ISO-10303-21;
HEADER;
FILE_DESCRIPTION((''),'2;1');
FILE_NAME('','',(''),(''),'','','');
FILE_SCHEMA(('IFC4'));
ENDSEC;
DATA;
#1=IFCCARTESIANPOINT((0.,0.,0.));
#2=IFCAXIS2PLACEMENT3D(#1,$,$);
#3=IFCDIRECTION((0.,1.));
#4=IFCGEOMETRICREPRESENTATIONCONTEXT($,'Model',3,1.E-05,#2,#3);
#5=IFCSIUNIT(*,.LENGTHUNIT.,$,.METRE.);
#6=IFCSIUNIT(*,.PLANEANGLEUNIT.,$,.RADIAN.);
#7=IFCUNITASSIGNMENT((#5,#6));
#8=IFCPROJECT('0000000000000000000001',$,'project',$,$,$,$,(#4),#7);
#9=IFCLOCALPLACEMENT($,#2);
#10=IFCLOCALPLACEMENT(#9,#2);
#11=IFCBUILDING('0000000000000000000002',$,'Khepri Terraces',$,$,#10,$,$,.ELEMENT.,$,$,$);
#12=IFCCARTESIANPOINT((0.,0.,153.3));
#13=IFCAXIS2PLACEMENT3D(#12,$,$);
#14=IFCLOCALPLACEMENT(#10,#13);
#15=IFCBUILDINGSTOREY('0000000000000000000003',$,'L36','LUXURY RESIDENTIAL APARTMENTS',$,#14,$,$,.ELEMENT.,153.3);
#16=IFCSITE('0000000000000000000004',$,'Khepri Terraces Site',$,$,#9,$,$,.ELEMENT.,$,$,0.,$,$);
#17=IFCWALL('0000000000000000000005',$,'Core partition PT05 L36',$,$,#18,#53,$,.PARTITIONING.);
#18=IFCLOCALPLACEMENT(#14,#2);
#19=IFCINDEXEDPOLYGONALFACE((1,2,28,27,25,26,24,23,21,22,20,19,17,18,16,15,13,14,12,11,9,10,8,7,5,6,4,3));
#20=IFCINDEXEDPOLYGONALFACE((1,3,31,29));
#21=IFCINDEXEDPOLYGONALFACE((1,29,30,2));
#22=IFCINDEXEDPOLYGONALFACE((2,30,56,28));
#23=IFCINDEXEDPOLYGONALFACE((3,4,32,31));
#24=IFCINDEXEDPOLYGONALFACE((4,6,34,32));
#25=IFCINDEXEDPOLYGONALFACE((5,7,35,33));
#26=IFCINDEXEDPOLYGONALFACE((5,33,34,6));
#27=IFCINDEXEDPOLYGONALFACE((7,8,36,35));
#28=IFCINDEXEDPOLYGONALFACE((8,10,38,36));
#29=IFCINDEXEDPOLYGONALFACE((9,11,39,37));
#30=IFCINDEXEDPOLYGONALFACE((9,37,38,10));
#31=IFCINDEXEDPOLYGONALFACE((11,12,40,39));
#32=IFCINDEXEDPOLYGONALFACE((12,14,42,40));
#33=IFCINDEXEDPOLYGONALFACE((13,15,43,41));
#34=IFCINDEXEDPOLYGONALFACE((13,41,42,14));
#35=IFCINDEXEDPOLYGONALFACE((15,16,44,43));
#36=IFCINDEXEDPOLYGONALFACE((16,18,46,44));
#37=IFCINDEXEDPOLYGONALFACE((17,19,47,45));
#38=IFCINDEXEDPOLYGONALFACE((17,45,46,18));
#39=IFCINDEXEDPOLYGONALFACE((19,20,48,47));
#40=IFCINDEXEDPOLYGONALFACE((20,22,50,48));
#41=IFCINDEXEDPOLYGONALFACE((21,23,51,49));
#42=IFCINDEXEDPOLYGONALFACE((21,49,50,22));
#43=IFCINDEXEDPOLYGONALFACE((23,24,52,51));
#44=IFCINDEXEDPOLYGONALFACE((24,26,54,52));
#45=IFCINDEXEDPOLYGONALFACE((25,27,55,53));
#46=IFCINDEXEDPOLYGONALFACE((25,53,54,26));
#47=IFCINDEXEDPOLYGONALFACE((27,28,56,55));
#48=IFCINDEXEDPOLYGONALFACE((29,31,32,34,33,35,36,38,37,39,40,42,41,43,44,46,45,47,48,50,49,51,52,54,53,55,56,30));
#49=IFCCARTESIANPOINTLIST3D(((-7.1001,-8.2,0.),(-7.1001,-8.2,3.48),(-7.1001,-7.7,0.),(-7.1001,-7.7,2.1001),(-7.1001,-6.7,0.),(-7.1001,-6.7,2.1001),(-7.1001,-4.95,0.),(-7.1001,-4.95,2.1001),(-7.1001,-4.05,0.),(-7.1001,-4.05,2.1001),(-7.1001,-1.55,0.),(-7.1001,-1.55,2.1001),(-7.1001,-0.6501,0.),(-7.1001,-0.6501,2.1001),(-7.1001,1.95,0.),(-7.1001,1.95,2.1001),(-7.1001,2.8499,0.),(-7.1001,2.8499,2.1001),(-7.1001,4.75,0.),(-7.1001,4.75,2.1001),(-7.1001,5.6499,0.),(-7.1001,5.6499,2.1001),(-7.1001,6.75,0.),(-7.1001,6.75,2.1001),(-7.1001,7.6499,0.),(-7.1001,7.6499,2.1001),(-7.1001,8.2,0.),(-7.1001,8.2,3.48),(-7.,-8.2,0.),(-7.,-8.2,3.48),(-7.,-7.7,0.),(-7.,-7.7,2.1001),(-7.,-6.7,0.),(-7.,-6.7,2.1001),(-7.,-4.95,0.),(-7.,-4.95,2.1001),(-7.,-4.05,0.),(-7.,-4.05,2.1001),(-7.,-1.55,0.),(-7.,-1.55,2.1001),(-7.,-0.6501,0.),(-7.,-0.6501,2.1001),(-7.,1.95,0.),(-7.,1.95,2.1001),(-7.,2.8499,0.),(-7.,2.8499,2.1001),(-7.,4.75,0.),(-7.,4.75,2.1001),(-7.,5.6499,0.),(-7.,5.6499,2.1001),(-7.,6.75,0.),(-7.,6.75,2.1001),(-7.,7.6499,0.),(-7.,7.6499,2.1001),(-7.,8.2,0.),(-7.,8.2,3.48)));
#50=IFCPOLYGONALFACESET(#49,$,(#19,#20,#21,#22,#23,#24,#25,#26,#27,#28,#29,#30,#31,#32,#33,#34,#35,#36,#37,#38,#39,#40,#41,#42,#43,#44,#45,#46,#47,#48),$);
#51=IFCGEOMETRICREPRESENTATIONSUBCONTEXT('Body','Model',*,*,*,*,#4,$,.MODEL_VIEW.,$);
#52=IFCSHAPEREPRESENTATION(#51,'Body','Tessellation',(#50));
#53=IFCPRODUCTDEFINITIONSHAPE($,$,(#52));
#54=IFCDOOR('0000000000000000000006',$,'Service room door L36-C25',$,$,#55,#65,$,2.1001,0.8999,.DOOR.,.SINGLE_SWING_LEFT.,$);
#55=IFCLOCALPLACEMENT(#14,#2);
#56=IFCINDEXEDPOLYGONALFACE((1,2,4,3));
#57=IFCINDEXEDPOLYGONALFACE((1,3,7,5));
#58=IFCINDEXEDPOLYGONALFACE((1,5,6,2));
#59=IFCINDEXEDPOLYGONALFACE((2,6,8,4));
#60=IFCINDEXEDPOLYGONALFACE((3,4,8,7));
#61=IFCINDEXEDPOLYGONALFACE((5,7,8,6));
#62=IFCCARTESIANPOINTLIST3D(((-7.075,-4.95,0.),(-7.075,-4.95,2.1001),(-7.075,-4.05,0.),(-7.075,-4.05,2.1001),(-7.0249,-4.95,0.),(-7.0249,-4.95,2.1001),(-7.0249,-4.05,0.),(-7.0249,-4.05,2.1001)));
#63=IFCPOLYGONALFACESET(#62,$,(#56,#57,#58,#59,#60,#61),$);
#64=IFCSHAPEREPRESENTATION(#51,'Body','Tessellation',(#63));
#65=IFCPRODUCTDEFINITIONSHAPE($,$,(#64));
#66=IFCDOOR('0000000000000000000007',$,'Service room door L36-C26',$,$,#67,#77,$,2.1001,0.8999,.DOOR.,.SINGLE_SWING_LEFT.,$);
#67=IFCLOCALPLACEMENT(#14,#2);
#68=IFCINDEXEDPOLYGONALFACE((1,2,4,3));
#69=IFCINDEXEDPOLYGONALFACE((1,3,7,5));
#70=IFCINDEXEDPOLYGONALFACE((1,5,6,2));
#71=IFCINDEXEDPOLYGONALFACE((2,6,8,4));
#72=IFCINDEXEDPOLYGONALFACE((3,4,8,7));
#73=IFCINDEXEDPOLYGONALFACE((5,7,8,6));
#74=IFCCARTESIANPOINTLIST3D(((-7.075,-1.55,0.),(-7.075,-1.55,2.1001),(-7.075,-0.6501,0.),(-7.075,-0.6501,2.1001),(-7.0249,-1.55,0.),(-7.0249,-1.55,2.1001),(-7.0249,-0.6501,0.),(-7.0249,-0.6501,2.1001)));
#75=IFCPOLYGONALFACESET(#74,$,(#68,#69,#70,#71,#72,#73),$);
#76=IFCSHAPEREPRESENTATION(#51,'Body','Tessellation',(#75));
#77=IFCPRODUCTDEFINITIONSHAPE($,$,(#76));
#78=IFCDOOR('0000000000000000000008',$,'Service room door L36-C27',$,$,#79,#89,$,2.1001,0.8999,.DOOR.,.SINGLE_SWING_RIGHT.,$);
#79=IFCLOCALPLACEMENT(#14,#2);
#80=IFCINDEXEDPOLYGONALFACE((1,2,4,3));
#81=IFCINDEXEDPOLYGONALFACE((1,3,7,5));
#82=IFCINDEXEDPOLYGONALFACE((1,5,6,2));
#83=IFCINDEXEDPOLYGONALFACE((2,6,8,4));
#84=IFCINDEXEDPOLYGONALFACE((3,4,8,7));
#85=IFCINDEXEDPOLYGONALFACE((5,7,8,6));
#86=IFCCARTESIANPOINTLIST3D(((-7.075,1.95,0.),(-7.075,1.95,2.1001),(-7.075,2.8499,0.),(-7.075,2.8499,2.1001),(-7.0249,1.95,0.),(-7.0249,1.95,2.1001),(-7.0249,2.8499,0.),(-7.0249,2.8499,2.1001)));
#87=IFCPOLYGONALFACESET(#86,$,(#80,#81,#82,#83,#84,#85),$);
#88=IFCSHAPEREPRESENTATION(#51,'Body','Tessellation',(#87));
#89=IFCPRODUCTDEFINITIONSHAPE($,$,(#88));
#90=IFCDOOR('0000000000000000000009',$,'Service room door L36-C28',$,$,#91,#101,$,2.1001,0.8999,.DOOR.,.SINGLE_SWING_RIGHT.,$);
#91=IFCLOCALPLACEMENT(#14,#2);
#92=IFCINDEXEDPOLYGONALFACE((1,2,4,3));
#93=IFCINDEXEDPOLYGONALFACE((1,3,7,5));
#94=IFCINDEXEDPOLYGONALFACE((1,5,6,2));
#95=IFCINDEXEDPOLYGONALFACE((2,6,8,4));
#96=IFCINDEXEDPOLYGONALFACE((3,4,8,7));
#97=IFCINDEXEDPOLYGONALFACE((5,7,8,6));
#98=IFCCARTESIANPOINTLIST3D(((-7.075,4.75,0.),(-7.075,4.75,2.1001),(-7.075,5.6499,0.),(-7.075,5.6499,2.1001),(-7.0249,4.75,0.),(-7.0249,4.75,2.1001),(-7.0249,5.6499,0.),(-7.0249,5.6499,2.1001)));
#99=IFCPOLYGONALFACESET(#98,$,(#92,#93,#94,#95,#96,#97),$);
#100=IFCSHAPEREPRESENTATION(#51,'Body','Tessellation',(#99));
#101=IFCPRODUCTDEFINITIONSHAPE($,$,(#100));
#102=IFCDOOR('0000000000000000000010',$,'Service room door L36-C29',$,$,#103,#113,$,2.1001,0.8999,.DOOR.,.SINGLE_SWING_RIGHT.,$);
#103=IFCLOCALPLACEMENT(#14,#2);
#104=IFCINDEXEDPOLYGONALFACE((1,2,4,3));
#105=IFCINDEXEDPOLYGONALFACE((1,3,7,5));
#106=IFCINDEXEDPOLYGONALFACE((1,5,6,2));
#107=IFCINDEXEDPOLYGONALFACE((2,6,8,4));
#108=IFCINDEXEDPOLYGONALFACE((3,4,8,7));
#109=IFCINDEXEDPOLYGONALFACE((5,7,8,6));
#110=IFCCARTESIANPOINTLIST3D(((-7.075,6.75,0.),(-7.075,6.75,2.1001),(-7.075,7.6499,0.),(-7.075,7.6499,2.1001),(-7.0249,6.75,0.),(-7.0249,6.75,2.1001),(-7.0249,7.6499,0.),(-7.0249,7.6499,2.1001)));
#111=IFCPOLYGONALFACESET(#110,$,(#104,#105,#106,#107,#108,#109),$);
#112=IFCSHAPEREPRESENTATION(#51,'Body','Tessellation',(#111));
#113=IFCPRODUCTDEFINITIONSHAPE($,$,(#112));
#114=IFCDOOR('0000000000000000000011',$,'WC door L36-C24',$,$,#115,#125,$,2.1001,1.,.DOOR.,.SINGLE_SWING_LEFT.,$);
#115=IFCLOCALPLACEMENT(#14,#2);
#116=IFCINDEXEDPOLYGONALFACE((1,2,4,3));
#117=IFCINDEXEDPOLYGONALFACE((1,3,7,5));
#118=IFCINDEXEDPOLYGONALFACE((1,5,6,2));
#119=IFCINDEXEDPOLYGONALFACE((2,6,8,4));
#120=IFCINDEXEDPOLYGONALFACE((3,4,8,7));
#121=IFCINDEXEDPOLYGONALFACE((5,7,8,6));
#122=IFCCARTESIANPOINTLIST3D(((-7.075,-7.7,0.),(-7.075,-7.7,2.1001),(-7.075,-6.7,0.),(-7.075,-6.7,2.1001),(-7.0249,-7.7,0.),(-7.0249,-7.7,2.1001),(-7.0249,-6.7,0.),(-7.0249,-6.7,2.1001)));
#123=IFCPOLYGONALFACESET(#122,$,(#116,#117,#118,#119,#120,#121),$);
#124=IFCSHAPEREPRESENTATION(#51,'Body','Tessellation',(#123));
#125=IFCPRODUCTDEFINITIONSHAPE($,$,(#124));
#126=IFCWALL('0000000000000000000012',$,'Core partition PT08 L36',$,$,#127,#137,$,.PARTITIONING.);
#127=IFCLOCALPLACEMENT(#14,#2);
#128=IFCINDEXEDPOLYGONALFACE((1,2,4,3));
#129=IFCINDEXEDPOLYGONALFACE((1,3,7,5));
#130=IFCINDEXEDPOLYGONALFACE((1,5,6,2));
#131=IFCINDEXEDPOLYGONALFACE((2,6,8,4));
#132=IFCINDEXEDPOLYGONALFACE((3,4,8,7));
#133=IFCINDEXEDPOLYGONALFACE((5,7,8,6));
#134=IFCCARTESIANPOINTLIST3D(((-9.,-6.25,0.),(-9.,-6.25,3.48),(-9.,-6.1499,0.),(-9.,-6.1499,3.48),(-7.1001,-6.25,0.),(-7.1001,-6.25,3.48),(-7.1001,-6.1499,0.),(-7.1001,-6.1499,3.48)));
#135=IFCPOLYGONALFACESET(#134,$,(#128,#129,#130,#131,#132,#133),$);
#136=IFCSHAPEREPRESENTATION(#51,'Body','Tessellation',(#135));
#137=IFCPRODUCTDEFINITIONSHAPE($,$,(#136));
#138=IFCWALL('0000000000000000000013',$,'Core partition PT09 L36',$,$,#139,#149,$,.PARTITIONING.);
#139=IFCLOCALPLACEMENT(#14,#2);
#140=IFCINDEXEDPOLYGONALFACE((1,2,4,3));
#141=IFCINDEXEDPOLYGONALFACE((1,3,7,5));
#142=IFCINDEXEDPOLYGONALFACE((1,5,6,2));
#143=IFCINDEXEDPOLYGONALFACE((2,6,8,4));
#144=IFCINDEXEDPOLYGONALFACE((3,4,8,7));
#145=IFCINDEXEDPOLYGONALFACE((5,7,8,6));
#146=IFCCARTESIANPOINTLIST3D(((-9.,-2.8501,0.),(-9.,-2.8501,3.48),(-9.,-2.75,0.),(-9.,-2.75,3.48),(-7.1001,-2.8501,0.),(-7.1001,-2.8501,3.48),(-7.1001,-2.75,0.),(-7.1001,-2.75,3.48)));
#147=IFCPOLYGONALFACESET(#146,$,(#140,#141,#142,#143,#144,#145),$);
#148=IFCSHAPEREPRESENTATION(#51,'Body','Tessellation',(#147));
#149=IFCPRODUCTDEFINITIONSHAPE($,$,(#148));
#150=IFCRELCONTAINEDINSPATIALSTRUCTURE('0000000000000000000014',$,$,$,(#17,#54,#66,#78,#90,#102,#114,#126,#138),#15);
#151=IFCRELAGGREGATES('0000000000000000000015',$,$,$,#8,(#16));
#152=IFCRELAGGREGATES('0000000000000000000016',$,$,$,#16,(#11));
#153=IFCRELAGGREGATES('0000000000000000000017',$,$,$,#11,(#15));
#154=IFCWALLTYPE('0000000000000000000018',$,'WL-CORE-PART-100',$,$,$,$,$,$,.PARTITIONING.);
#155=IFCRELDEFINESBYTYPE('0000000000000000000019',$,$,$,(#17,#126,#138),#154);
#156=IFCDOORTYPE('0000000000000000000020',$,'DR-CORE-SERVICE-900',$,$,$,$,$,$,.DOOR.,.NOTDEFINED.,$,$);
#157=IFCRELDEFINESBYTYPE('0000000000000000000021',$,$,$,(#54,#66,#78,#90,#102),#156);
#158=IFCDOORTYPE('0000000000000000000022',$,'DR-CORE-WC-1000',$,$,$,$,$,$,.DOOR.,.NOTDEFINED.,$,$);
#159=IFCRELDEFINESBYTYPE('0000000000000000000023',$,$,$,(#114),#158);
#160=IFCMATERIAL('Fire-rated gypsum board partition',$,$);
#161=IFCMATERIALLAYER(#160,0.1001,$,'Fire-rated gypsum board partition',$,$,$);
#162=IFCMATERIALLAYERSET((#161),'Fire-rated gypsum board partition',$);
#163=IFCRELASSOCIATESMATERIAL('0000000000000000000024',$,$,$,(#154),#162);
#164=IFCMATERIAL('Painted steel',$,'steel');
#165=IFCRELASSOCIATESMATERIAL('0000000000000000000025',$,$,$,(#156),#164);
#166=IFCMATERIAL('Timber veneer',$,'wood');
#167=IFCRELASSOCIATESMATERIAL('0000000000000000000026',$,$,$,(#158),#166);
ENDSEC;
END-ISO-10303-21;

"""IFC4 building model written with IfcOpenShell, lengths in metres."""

from ifc_helpers import new_model, si_unit, direction, frame, frame_2d, origin, place, context, subcontext, project, spatial, rectangle, extrude, material, layer, layer_set, type_object, element, fill, save


model = new_model("IFC4")

# Units and contexts
model_context = context("Model", 3, precision=1e-05, world=origin(), true_north=direction((0.0, 1.0)))
body_context = subcontext(model_context, "Body", "Model", "MODEL_VIEW")
ifc_project = project(units=[si_unit("LENGTHUNIT", "METRE"), si_unit("PLANEANGLEUNIT", "RADIAN")], contexts=[model_context])

# Site, building, storey
site_placement = place(None, origin())
site = spatial("IfcSite", under=ifc_project, at=site_placement, Name="Khepri Terraces Site", CompositionType="ELEMENT", RefElevation=0.0)
building_placement = place(site_placement, origin())
building = spatial("IfcBuilding", under=site, at=building_placement, Name="Khepri Terraces", CompositionType="ELEMENT")
storey_placement = place(building_placement, frame((0.0, 0.0, 153.3)))
storey = spatial("IfcBuildingStorey", under=building, at=storey_placement, Name="L36", Description="LUXURY RESIDENTIAL APARTMENTS", CompositionType="ELEMENT", Elevation=153.3)

# Shared definitions
ifc_material_1 = material(Name="Painted steel", Category="steel")

# Wall, openings, doors
ifc_material_2 = material(Name="Fire-rated gypsum board partition")
ifc_layer_1 = layer(ifc_material_2, 0.1001, Name="Fire-rated gypsum board partition")
ifc_layer_set_1 = layer_set([ifc_layer_1], Name="Fire-rated gypsum board partition")
wall_type_1 = type_object("IfcWallType", Name="WL-CORE-PART-100", PredefinedType="PARTITIONING", material=ifc_layer_set_1)
wall_1_placement = place(storey_placement, frame((-7.05, -8.2, 0.0), z_axis=(0.0, 0.0, 1.0), x_axis=(0.0, 1.0, 0.0)))
wall_1 = element("IfcWall", 1, at=wall_1_placement, inside=storey, type_object=wall_type_1, Name="Core partition PT05 L36", PredefinedType="PARTITIONING", context=body_context, shape_type="SweptSolid", body=[
    extrude(rectangle(XDim=16.3999, YDim=0.1001, at=frame_2d((8.2, 0.0))), origin(), (0.0, 0.0, 1.0), 3.48),
])
opening_1_placement = place(wall_1_placement, frame((0.5, 0.0, 0.0)))
opening_1 = element("IfcOpeningElement", 2, at=opening_1_placement, cuts=wall_1, PredefinedType="OPENING", context=body_context, shape_type="SweptSolid", body=[
    extrude(rectangle(XDim=1.0, YDim=2.1001, at=frame_2d((0.5, 1.05))), frame((0.0, 0.0601, 0.0), z_axis=(0.0, -1.0, 0.0), x_axis=(1.0, 0.0, 0.0)), (0.0, 0.0, 1.0), 0.1201),
])
opening_2_placement = place(wall_1_placement, frame((3.25, 0.0, 0.0)))
opening_2 = element("IfcOpeningElement", 3, at=opening_2_placement, cuts=wall_1, PredefinedType="OPENING", context=body_context, shape_type="SweptSolid", body=[
    extrude(rectangle(XDim=0.8999, YDim=2.1001, at=frame_2d((0.45, 1.05))), frame((0.0, 0.0601, 0.0), z_axis=(0.0, -1.0, 0.0), x_axis=(1.0, 0.0, 0.0)), (0.0, 0.0, 1.0), 0.1201),
])
opening_3_placement = place(wall_1_placement, frame((6.6499, 0.0, 0.0)))
opening_3 = element("IfcOpeningElement", 4, at=opening_3_placement, cuts=wall_1, PredefinedType="OPENING", context=body_context, shape_type="SweptSolid", body=[
    extrude(rectangle(XDim=0.8999, YDim=2.1001, at=frame_2d((0.45, 1.05))), frame((0.0, 0.0601, 0.0), z_axis=(0.0, -1.0, 0.0), x_axis=(1.0, 0.0, 0.0)), (0.0, 0.0, 1.0), 0.1201),
])
opening_4_placement = place(wall_1_placement, frame((10.1499, 0.0, 0.0)))
opening_4 = element("IfcOpeningElement", 5, at=opening_4_placement, cuts=wall_1, PredefinedType="OPENING", context=body_context, shape_type="SweptSolid", body=[
    extrude(rectangle(XDim=0.8999, YDim=2.1001, at=frame_2d((0.45, 1.05))), frame((0.0, 0.0601, 0.0), z_axis=(0.0, -1.0, 0.0), x_axis=(1.0, 0.0, 0.0)), (0.0, 0.0, 1.0), 0.1201),
])
opening_5_placement = place(wall_1_placement, frame((12.95, 0.0, 0.0)))
opening_5 = element("IfcOpeningElement", 6, at=opening_5_placement, cuts=wall_1, PredefinedType="OPENING", context=body_context, shape_type="SweptSolid", body=[
    extrude(rectangle(XDim=0.8999, YDim=2.1001, at=frame_2d((0.45, 1.05))), frame((0.0, 0.0601, 0.0), z_axis=(0.0, -1.0, 0.0), x_axis=(1.0, 0.0, 0.0)), (0.0, 0.0, 1.0), 0.1201),
])
opening_6_placement = place(wall_1_placement, frame((14.95, 0.0, 0.0)))
opening_6 = element("IfcOpeningElement", 7, at=opening_6_placement, cuts=wall_1, PredefinedType="OPENING", context=body_context, shape_type="SweptSolid", body=[
    extrude(rectangle(XDim=0.8999, YDim=2.1001, at=frame_2d((0.45, 1.05))), frame((0.0, 0.0601, 0.0), z_axis=(0.0, -1.0, 0.0), x_axis=(1.0, 0.0, 0.0)), (0.0, 0.0, 1.0), 0.1201),
])
door_type_1 = type_object("IfcDoorType", Name="DR-CORE-SERVICE-900", OperationType="NOTDEFINED", PredefinedType="DOOR", material=ifc_material_1)
door_1_placement = place(opening_2_placement, origin())
door_1 = element("IfcDoor", 8, at=door_1_placement, inside=storey, type_object=door_type_1, Name="Service room door L36-C25", OperationType="SINGLE_SWING_LEFT", OverallHeight=2.1001, OverallWidth=0.8999, PredefinedType="DOOR", context=body_context, shape_type="SweptSolid", body=[
    extrude(rectangle(XDim=0.8999, YDim=2.1001, at=frame_2d((0.45, 1.05))), frame((0.0, 0.0249, 0.0), z_axis=(0.0, -1.0, 0.0), x_axis=(1.0, 0.0, 0.0)), (0.0, 0.0, 1.0), 0.05),
])
fill(opening_2, door_1)
door_2_placement = place(opening_3_placement, origin())
door_2 = element("IfcDoor", 9, at=door_2_placement, inside=storey, type_object=door_type_1, Name="Service room door L36-C26", OperationType="SINGLE_SWING_LEFT", OverallHeight=2.1001, OverallWidth=0.8999, PredefinedType="DOOR", context=body_context, shape_type="SweptSolid", body=[
    extrude(rectangle(XDim=0.8999, YDim=2.1001, at=frame_2d((0.45, 1.05))), frame((0.0, 0.0249, 0.0), z_axis=(0.0, -1.0, 0.0), x_axis=(1.0, 0.0, 0.0)), (0.0, 0.0, 1.0), 0.05),
])
fill(opening_3, door_2)
door_3_placement = place(opening_4_placement, origin())
door_3 = element("IfcDoor", 10, at=door_3_placement, inside=storey, type_object=door_type_1, Name="Service room door L36-C27", OperationType="SINGLE_SWING_RIGHT", OverallHeight=2.1001, OverallWidth=0.8999, PredefinedType="DOOR", context=body_context, shape_type="SweptSolid", body=[
    extrude(rectangle(XDim=0.8999, YDim=2.1001, at=frame_2d((0.45, 1.05))), frame((0.0, 0.0249, 0.0), z_axis=(0.0, -1.0, 0.0), x_axis=(1.0, 0.0, 0.0)), (0.0, 0.0, 1.0), 0.05),
])
fill(opening_4, door_3)
door_4_placement = place(opening_5_placement, origin())
door_4 = element("IfcDoor", 11, at=door_4_placement, inside=storey, type_object=door_type_1, Name="Service room door L36-C28", OperationType="SINGLE_SWING_RIGHT", OverallHeight=2.1001, OverallWidth=0.8999, PredefinedType="DOOR", context=body_context, shape_type="SweptSolid", body=[
    extrude(rectangle(XDim=0.8999, YDim=2.1001, at=frame_2d((0.45, 1.05))), frame((0.0, 0.0249, 0.0), z_axis=(0.0, -1.0, 0.0), x_axis=(1.0, 0.0, 0.0)), (0.0, 0.0, 1.0), 0.05),
])
fill(opening_5, door_4)
door_5_placement = place(opening_6_placement, origin())
door_5 = element("IfcDoor", 12, at=door_5_placement, inside=storey, type_object=door_type_1, Name="Service room door L36-C29", OperationType="SINGLE_SWING_RIGHT", OverallHeight=2.1001, OverallWidth=0.8999, PredefinedType="DOOR", context=body_context, shape_type="SweptSolid", body=[
    extrude(rectangle(XDim=0.8999, YDim=2.1001, at=frame_2d((0.45, 1.05))), frame((0.0, 0.0249, 0.0), z_axis=(0.0, -1.0, 0.0), x_axis=(1.0, 0.0, 0.0)), (0.0, 0.0, 1.0), 0.05),
])
fill(opening_6, door_5)
ifc_material_3 = material(Name="Timber veneer", Category="wood")
door_type_2 = type_object("IfcDoorType", Name="DR-CORE-WC-1000", OperationType="NOTDEFINED", PredefinedType="DOOR", material=ifc_material_3)
door_6_placement = place(opening_1_placement, origin())
door_6 = element("IfcDoor", 13, at=door_6_placement, inside=storey, type_object=door_type_2, Name="WC door L36-C24", OperationType="SINGLE_SWING_LEFT", OverallHeight=2.1001, OverallWidth=1.0, PredefinedType="DOOR", context=body_context, shape_type="SweptSolid", body=[
    extrude(rectangle(XDim=1.0, YDim=2.1001, at=frame_2d((0.5, 1.05))), frame((0.0, 0.0249, 0.0), z_axis=(0.0, -1.0, 0.0), x_axis=(1.0, 0.0, 0.0)), (0.0, 0.0, 1.0), 0.05),
])
fill(opening_1, door_6)

# Walls
for number, where, z_axis, x_axis, name in (
    (14, (-9.0, -6.2, 0.0), (0.0, 0.0, 1.0), (1.0, 0.0, 0.0), "Core partition PT08 L36"),
    (15, (-9.0, -2.8, 0.0), (0.0, 0.0, 1.0), (1.0, 0.0, 0.0), "Core partition PT09 L36"),
):
    element("IfcWall", number, at=place(storey_placement, frame(where, z_axis=z_axis, x_axis=x_axis)), inside=storey, type_object=wall_type_1, Name=name, PredefinedType="PARTITIONING", context=body_context, shape_type="SweptSolid", body=[
        extrude(rectangle(XDim=1.8999, YDim=0.1001, at=frame_2d((0.95, 0.0))), origin(), (0.0, 0.0, 1.0), 3.48),
    ])

save(model, "model.ifc")
